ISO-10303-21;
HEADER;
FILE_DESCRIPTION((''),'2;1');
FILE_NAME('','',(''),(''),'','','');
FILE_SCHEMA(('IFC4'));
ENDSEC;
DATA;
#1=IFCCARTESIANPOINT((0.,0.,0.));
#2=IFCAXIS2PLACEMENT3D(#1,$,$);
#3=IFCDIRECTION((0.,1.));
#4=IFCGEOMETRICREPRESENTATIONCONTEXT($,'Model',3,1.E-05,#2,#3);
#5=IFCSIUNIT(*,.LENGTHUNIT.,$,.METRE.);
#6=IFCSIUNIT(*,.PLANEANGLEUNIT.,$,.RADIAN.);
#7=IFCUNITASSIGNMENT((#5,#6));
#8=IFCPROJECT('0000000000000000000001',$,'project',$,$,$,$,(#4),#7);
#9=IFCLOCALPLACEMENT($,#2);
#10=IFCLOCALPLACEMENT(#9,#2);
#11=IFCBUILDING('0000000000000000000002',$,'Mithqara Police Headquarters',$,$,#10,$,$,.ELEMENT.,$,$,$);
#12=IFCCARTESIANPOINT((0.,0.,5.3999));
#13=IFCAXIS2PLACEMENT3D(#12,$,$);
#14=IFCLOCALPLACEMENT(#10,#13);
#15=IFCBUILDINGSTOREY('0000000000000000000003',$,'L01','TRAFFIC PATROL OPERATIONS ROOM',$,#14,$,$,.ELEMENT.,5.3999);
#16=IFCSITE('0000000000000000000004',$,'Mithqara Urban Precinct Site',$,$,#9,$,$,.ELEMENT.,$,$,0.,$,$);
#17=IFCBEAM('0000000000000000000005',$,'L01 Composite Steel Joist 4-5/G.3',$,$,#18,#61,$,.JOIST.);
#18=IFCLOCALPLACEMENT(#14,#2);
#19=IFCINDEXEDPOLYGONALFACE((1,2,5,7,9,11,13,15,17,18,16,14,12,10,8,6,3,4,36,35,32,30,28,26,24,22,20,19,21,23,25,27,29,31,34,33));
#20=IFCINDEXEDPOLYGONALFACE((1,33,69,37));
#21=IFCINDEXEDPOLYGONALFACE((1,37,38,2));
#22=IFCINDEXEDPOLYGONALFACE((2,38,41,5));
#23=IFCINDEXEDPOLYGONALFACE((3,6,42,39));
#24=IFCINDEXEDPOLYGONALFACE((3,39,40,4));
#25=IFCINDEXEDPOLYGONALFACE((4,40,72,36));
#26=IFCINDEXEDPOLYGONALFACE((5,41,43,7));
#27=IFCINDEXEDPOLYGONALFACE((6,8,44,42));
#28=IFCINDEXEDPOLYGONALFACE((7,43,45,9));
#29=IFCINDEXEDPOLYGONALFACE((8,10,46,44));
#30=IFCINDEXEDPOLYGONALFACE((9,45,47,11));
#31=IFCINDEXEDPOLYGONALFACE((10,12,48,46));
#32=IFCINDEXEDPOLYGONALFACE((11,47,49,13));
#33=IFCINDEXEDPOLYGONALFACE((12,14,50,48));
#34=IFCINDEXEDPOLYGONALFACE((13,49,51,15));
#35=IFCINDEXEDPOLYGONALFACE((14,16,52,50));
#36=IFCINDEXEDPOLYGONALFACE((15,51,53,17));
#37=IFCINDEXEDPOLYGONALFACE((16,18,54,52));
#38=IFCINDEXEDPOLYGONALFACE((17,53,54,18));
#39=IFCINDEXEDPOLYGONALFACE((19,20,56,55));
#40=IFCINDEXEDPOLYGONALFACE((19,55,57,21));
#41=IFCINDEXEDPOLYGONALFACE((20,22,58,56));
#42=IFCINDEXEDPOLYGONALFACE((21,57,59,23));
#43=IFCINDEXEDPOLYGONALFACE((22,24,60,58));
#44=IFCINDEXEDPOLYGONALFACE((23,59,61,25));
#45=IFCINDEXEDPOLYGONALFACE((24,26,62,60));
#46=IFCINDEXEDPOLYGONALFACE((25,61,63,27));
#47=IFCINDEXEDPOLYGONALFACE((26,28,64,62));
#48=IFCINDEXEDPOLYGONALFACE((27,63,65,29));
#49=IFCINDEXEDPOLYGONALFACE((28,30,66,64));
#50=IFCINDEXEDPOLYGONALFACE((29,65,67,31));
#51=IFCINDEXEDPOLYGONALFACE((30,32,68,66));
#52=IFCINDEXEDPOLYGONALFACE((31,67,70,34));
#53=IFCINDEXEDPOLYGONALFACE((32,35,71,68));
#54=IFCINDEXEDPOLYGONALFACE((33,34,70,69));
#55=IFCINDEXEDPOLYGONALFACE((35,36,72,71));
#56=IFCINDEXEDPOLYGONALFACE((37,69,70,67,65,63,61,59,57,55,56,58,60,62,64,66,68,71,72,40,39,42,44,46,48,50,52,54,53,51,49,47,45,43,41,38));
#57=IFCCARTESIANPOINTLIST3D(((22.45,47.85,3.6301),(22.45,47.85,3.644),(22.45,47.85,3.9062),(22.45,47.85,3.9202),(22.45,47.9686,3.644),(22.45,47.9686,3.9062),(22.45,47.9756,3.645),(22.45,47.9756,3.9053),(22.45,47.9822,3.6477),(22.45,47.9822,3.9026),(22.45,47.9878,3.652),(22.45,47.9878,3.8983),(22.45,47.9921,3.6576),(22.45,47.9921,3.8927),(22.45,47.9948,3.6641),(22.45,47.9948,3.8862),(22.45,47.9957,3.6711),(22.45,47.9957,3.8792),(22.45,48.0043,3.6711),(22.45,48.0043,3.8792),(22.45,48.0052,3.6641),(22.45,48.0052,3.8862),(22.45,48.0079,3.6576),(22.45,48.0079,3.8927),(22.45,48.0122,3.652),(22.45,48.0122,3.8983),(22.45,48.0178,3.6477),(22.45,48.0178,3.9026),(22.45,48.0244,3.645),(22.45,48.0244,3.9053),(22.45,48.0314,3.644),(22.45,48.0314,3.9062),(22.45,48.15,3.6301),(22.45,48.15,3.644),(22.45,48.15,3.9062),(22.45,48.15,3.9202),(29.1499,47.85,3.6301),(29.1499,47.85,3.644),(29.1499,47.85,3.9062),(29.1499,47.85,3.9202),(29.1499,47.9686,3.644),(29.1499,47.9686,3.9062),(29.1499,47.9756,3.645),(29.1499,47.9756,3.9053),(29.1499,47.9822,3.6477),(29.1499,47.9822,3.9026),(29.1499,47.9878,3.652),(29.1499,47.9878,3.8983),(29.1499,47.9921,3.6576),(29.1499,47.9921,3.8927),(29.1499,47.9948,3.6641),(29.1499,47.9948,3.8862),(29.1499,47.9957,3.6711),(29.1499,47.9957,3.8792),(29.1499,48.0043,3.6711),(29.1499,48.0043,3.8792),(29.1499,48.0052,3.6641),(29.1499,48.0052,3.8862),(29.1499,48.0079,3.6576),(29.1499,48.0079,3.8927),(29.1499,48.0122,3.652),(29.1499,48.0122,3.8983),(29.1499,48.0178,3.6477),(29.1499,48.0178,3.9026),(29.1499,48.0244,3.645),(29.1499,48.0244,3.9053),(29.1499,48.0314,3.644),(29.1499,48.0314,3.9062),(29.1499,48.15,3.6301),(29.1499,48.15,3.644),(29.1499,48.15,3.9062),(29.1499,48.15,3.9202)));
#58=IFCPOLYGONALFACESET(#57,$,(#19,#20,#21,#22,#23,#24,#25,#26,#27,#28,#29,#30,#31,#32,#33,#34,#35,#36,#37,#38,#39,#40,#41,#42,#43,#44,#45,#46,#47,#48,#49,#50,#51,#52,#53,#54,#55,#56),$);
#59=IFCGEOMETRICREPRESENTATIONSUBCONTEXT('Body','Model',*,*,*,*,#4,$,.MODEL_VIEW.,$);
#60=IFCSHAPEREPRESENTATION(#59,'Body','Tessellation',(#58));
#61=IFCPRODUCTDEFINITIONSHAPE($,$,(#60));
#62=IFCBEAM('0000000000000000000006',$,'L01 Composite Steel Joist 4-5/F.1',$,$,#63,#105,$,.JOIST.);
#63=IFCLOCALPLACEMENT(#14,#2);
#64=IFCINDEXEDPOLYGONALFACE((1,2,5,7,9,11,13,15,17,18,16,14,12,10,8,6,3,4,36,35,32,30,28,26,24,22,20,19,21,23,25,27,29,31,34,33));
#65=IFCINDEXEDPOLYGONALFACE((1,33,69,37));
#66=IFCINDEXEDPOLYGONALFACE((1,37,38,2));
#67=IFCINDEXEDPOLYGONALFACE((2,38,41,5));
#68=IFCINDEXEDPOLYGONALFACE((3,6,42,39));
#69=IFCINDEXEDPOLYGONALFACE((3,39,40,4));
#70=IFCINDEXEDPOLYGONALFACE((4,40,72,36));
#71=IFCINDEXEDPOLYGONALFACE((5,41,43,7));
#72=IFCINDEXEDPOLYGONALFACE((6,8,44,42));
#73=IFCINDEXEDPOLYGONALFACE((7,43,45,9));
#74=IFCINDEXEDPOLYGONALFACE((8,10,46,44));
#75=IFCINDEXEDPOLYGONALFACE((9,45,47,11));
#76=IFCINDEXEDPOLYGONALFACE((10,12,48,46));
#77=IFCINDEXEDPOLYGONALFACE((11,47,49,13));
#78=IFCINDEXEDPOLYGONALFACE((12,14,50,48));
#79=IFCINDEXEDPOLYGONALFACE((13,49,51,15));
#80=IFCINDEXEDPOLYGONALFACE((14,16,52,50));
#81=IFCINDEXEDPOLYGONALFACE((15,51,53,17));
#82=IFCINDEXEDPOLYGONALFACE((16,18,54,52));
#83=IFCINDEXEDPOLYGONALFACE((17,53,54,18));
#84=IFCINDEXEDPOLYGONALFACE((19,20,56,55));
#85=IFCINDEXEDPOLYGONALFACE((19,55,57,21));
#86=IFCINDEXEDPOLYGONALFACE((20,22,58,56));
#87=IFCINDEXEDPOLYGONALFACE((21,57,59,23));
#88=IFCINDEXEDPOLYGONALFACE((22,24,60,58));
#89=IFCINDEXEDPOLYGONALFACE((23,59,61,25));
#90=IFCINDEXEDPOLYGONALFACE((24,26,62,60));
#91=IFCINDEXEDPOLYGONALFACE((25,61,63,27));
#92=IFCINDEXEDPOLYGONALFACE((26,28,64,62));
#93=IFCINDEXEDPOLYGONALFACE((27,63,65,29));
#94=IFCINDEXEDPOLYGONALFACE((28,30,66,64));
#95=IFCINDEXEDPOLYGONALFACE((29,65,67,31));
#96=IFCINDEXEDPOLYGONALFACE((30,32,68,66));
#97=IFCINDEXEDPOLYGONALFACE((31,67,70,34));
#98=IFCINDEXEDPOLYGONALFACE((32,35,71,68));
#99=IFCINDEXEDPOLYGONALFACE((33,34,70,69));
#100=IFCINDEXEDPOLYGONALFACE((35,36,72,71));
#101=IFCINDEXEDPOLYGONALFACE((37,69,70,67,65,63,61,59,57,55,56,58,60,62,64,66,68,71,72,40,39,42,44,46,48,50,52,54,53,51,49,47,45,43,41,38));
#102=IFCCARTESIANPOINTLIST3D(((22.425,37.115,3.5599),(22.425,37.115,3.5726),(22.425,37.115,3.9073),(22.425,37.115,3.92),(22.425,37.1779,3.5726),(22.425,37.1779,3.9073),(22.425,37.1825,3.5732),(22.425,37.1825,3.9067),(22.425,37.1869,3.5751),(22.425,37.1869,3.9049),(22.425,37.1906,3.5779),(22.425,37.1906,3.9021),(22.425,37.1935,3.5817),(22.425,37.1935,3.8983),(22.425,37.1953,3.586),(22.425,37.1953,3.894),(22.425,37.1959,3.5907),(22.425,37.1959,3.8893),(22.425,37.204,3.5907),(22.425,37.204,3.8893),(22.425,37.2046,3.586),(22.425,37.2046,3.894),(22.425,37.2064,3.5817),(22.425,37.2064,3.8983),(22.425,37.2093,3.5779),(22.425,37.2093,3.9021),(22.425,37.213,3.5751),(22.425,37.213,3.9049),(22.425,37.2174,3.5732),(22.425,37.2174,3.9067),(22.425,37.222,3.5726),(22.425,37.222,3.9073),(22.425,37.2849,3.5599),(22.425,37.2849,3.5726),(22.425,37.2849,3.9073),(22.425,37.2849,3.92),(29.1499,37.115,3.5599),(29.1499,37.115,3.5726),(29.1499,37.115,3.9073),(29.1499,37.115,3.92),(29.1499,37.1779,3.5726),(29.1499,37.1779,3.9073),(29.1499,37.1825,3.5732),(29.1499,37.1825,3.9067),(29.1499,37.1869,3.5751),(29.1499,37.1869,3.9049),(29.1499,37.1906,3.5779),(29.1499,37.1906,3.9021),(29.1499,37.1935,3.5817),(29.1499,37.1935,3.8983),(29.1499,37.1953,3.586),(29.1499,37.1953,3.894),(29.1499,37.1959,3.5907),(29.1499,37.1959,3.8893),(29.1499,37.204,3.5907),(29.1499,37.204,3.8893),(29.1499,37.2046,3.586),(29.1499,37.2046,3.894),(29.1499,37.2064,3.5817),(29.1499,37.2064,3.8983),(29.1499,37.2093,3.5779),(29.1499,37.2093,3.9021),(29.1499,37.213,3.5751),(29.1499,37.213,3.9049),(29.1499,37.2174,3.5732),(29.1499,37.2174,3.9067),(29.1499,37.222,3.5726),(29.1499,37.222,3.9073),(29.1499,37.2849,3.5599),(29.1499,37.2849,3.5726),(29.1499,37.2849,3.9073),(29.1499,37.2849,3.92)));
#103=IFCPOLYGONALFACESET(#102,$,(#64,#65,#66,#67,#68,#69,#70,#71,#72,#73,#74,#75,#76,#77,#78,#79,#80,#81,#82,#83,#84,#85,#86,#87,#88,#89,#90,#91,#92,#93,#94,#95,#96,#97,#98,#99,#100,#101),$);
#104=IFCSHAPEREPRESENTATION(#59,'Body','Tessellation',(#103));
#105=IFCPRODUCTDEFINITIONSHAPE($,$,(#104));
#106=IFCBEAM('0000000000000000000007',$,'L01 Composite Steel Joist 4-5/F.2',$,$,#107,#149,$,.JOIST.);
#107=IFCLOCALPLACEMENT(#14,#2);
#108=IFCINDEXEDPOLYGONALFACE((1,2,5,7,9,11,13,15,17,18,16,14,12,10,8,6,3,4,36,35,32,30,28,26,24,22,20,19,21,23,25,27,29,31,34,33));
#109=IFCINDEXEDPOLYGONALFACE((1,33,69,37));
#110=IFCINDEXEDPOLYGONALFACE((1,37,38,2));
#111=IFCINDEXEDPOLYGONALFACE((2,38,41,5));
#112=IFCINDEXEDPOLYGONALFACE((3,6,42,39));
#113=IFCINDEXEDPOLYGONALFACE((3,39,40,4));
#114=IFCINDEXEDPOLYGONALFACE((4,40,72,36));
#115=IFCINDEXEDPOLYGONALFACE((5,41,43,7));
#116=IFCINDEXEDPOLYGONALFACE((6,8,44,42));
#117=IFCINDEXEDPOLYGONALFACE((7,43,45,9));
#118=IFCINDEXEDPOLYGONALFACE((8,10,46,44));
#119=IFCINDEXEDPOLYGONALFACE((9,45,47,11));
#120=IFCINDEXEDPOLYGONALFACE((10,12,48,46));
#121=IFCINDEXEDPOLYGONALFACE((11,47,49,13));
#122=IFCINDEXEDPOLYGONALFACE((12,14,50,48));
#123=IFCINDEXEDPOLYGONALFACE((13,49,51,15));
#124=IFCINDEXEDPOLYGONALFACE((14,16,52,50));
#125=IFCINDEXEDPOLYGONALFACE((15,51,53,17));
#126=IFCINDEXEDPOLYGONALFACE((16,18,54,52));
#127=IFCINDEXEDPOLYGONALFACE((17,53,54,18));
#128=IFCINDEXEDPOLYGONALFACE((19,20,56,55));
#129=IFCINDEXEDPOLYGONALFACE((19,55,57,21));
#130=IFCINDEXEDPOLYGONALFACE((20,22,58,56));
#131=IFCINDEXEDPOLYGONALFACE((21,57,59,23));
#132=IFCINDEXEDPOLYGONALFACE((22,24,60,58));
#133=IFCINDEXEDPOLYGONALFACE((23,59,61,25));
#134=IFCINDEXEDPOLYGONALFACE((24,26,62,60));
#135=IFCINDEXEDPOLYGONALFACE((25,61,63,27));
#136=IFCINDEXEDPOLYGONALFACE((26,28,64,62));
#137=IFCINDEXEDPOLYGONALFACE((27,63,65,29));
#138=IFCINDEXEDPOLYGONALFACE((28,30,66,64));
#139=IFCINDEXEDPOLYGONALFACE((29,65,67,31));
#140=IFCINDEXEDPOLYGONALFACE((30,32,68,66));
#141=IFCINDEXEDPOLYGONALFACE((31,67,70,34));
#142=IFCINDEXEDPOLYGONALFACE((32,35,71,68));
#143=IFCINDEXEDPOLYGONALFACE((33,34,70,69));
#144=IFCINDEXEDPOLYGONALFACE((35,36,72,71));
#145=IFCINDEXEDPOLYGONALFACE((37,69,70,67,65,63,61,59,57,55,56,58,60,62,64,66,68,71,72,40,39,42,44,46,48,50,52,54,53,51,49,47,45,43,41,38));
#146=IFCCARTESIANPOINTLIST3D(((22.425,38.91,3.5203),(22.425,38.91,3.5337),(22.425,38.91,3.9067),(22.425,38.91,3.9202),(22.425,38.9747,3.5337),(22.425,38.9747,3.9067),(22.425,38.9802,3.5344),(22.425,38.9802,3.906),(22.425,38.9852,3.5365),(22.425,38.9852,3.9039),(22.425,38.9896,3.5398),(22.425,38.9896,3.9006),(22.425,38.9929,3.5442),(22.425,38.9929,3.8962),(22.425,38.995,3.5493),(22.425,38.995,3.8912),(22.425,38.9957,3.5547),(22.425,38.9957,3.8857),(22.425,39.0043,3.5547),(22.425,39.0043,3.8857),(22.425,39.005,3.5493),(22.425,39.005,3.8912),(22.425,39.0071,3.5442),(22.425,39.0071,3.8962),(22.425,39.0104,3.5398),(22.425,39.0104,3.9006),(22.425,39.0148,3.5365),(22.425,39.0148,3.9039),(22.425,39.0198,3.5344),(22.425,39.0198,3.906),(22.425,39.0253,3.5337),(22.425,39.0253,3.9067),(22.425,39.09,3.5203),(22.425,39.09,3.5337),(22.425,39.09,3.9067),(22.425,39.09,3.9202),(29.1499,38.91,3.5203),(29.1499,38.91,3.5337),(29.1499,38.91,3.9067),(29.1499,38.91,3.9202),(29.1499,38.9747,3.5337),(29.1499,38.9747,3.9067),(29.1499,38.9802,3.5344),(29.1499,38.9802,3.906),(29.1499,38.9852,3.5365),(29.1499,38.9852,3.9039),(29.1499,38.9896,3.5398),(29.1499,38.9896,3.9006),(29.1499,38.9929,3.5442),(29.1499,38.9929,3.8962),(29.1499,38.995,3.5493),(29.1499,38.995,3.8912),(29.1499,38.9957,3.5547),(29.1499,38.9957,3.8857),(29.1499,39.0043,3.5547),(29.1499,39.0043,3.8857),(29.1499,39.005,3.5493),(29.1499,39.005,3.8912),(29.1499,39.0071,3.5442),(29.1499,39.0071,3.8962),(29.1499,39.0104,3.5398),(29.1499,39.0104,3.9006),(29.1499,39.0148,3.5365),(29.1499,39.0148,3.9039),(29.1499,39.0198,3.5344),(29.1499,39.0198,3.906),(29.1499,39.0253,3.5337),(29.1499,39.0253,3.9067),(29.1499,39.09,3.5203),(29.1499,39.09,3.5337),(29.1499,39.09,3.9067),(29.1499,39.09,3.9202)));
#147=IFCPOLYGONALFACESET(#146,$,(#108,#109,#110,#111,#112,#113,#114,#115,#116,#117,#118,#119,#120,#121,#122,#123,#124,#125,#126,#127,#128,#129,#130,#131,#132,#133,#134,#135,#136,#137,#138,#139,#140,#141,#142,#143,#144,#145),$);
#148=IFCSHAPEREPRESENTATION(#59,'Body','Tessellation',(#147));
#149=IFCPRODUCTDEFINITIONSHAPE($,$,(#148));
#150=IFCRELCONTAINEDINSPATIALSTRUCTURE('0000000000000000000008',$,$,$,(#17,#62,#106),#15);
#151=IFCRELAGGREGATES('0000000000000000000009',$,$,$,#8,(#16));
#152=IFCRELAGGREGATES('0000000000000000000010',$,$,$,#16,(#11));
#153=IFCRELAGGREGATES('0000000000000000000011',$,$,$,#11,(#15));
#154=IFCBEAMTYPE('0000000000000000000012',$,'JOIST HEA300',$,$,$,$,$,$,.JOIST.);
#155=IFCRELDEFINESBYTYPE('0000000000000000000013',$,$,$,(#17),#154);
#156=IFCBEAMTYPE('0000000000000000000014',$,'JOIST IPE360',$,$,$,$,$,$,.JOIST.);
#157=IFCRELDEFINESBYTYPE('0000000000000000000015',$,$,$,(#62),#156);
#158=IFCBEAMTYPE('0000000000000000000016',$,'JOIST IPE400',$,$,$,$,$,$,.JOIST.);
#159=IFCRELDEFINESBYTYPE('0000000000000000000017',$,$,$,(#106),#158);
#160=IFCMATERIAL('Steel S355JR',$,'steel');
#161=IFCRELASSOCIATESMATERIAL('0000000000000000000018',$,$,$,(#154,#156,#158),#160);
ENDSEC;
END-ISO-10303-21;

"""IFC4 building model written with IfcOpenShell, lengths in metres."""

from ifc_helpers import new_model, si_unit, direction, frame, origin, origin_2d, place, context, subcontext, project, spatial, i_section, extrude, material, material_profile, profile_set, type_object, element, save


model = new_model("IFC4")

# Units and contexts
model_context = context("Model", 3, precision=1e-05, world=origin(), true_north=direction((0.0, 1.0)))
body_context = subcontext(model_context, "Body", "Model", "MODEL_VIEW")
ifc_project = project(units=[si_unit("LENGTHUNIT", "METRE"), si_unit("PLANEANGLEUNIT", "RADIAN")], contexts=[model_context])

# Site, building, storey
site_placement = place(None, origin())
site = spatial("IfcSite", under=ifc_project, at=site_placement, Name="Mithqara Urban Precinct Site", CompositionType="ELEMENT", RefElevation=0.0)
building_placement = place(site_placement, origin())
building = spatial("IfcBuilding", under=site, at=building_placement, Name="Mithqara Police Headquarters", CompositionType="ELEMENT")
storey_placement = place(building_placement, frame((0.0, 0.0, 5.3999)))
storey = spatial("IfcBuildingStorey", under=building, at=storey_placement, Name="L01", Description="TRAFFIC PATROL OPERATIONS ROOM", CompositionType="ELEMENT", Elevation=5.3999)

# Beams
ifc_material_1 = material(Name="Steel S355JR", Category="steel")
ifc_material_profile_1 = material_profile(ifc_material_1, i_section(OverallWidth=0.3, OverallDepth=0.29, WebThickness=0.0085, FlangeThickness=0.0139, FilletRadius=0.0271, at=origin_2d()), Name="HEA 300")
ifc_profile_set_1 = profile_set([ifc_material_profile_1], Name="Steel S355JR")
beam_type_1 = type_object("IfcBeamType", Name="JOIST HEA300", PredefinedType="JOIST", material=ifc_profile_set_1)
beam_1_placement = place(storey_placement, frame((22.45, 48.0, 3.7751), z_axis=(1.0, 0.0, 0.0), x_axis=(0.0, 1.0, 0.0)))
element("IfcBeam", 1, at=beam_1_placement, inside=storey, type_object=beam_type_1, Name="L01 Composite Steel Joist 4-5/G.3", PredefinedType="JOIST", context=body_context, shape_type="SweptSolid", body=[
    extrude(i_section(OverallWidth=0.3, OverallDepth=0.29, WebThickness=0.0085, FlangeThickness=0.0139, FilletRadius=0.0271, at=origin_2d()), origin(), (0.0, 0.0, 1.0), 6.7),
])
ifc_material_profile_2 = material_profile(ifc_material_1, i_section(OverallWidth=0.1699, OverallDepth=0.3601, WebThickness=0.0081, FlangeThickness=0.0127, FilletRadius=0.0181, at=origin_2d()), Name="IPE 360")
ifc_profile_set_2 = profile_set([ifc_material_profile_2], Name="Steel S355JR")
beam_type_2 = type_object("IfcBeamType", Name="JOIST IPE360", PredefinedType="JOIST", material=ifc_profile_set_2)
beam_2_placement = place(storey_placement, frame((22.425, 37.2, 3.74), z_axis=(1.0, 0.0, 0.0), x_axis=(0.0, 1.0, 0.0)))
element("IfcBeam", 2, at=beam_2_placement, inside=storey, type_object=beam_type_2, Name="L01 Composite Steel Joist 4-5/F.1", PredefinedType="JOIST", context=body_context, shape_type="SweptSolid", body=[
    extrude(i_section(OverallWidth=0.1699, OverallDepth=0.3601, WebThickness=0.0081, FlangeThickness=0.0127, FilletRadius=0.0181, at=origin_2d()), origin(), (0.0, 0.0, 1.0), 6.7249),
])
ifc_material_profile_3 = material_profile(ifc_material_1, i_section(OverallWidth=0.1799, OverallDepth=0.3999, WebThickness=0.0085, FlangeThickness=0.0134, FilletRadius=0.021, at=origin_2d()), Name="IPE 400")
ifc_profile_set_3 = profile_set([ifc_material_profile_3], Name="Steel S355JR")
beam_type_3 = type_object("IfcBeamType", Name="JOIST IPE400", PredefinedType="JOIST", material=ifc_profile_set_3)
beam_3_placement = place(storey_placement, frame((22.425, 39.0, 3.7202), z_axis=(1.0, 0.0, 0.0), x_axis=(0.0, 1.0, 0.0)))
element("IfcBeam", 3, at=beam_3_placement, inside=storey, type_object=beam_type_3, Name="L01 Composite Steel Joist 4-5/F.2", PredefinedType="JOIST", context=body_context, shape_type="SweptSolid", body=[
    extrude(i_section(OverallWidth=0.1799, OverallDepth=0.3999, WebThickness=0.0085, FlangeThickness=0.0134, FilletRadius=0.021, at=origin_2d()), origin(), (0.0, 0.0, 1.0), 6.7249),
])

save(model, "model.ifc")
